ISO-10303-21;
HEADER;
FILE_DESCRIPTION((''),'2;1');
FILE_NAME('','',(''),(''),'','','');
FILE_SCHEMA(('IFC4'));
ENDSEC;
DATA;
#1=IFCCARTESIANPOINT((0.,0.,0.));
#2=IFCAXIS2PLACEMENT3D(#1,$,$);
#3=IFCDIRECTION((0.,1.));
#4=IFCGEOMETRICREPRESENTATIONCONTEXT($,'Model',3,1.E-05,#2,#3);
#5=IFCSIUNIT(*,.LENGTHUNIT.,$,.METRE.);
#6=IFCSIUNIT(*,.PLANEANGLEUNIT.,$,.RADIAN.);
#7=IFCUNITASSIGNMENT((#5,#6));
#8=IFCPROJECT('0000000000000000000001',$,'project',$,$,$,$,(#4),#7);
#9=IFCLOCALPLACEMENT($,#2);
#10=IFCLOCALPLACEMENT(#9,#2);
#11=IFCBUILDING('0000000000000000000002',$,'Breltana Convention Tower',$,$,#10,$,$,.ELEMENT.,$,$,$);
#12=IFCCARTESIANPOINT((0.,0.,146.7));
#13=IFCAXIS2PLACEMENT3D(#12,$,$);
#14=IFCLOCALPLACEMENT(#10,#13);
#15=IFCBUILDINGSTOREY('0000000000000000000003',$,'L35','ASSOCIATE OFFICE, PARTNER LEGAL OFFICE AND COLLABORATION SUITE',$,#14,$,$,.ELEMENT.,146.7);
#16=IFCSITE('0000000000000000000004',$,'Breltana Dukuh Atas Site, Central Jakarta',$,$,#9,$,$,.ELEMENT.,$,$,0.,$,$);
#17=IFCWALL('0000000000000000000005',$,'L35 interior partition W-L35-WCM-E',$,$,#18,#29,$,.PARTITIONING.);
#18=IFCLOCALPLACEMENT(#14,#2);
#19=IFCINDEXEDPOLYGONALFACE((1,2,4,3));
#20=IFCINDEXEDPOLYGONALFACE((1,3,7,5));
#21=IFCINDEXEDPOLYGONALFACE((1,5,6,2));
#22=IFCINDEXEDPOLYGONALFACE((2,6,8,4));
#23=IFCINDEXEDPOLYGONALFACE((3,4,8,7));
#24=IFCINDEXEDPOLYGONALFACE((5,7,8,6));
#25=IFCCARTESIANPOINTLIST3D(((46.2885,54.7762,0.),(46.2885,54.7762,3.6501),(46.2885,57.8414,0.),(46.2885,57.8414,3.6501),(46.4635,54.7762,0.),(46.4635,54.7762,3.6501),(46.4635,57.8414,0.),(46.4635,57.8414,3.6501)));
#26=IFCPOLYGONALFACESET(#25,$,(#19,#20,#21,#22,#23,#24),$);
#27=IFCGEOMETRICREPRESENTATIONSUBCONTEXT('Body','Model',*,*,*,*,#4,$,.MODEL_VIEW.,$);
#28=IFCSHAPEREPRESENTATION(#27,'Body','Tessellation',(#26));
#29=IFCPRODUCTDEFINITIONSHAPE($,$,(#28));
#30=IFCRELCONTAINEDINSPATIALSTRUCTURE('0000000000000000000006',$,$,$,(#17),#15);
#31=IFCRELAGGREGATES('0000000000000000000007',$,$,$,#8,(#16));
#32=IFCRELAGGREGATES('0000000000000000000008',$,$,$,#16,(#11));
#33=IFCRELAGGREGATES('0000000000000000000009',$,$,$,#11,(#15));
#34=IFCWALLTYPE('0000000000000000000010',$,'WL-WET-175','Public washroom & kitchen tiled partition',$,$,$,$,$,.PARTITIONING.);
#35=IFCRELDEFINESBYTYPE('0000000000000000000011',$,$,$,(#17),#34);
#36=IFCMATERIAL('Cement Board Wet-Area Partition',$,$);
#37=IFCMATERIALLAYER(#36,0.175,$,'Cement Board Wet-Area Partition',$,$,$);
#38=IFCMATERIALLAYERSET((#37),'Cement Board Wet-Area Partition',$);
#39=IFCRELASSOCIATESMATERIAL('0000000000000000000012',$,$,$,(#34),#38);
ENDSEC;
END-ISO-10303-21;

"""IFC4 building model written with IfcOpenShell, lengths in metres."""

from ifc_helpers import new_model, si_unit, direction, frame, frame_2d, origin, place, context, subcontext, project, spatial, rectangle, extrude, source, transform, mapped, material, layer, layer_set, type_object, element, save


model = new_model("IFC4")

# Units and contexts
model_context = context("Model", 3, precision=1e-05, world=origin(), true_north=direction((0.0, 1.0)))
body_context = subcontext(model_context, "Body", "Model", "MODEL_VIEW")
ifc_project = project(units=[si_unit("LENGTHUNIT", "METRE"), si_unit("PLANEANGLEUNIT", "RADIAN")], contexts=[model_context])

# Site, building, storey
site_placement = place(None, origin())
site = spatial("IfcSite", under=ifc_project, at=site_placement, Name="Breltana Dukuh Atas Site, Central Jakarta", CompositionType="ELEMENT", RefElevation=0.0)
building_placement = place(site_placement, origin())
building = spatial("IfcBuilding", under=site, at=building_placement, Name="Breltana Convention Tower", CompositionType="ELEMENT")
storey_placement = place(building_placement, frame((0.0, 0.0, 146.7)))
storey = spatial("IfcBuildingStorey", under=building, at=storey_placement, Name="L35", Description="ASSOCIATE OFFICE, PARTNER LEGAL OFFICE AND COLLABORATION SUITE", CompositionType="ELEMENT", Elevation=146.7)

# Wall
ifc_material_1 = material(Name="Cement Board Wet-Area Partition")
ifc_layer_1 = layer(ifc_material_1, 0.175, Name="Cement Board Wet-Area Partition")
ifc_layer_set_1 = layer_set([ifc_layer_1], Name="Cement Board Wet-Area Partition")
wall_type_1 = type_object("IfcWallType", Name="WL-WET-175", Description="Public washroom & kitchen tiled partition", PredefinedType="PARTITIONING", material=ifc_layer_set_1)
shared_shape_1 = source(origin(), body_context, "Body", "SweptSolid", [
    extrude(rectangle(XDim=3.0652, YDim=0.175, at=frame_2d((1.5327, 0.0))), origin(), (0.0, 0.0, 1.0), 3.6501),
])
wall_1_placement = place(storey_placement, frame((46.376, 54.7761, 0.0), z_axis=(0.0, 0.0, 1.0), x_axis=(0.0, 1.0, 0.0)))
element("IfcWall", 1, at=wall_1_placement, inside=storey, type_object=wall_type_1, Name="L35 interior partition W-L35-WCM-E", PredefinedType="PARTITIONING", context=body_context, shape_type="MappedRepresentation", body=[
    mapped(shared_shape_1, transform((0.0, 0.0, 0.0), scale=1.0)),
])

save(model, "model.ifc")
